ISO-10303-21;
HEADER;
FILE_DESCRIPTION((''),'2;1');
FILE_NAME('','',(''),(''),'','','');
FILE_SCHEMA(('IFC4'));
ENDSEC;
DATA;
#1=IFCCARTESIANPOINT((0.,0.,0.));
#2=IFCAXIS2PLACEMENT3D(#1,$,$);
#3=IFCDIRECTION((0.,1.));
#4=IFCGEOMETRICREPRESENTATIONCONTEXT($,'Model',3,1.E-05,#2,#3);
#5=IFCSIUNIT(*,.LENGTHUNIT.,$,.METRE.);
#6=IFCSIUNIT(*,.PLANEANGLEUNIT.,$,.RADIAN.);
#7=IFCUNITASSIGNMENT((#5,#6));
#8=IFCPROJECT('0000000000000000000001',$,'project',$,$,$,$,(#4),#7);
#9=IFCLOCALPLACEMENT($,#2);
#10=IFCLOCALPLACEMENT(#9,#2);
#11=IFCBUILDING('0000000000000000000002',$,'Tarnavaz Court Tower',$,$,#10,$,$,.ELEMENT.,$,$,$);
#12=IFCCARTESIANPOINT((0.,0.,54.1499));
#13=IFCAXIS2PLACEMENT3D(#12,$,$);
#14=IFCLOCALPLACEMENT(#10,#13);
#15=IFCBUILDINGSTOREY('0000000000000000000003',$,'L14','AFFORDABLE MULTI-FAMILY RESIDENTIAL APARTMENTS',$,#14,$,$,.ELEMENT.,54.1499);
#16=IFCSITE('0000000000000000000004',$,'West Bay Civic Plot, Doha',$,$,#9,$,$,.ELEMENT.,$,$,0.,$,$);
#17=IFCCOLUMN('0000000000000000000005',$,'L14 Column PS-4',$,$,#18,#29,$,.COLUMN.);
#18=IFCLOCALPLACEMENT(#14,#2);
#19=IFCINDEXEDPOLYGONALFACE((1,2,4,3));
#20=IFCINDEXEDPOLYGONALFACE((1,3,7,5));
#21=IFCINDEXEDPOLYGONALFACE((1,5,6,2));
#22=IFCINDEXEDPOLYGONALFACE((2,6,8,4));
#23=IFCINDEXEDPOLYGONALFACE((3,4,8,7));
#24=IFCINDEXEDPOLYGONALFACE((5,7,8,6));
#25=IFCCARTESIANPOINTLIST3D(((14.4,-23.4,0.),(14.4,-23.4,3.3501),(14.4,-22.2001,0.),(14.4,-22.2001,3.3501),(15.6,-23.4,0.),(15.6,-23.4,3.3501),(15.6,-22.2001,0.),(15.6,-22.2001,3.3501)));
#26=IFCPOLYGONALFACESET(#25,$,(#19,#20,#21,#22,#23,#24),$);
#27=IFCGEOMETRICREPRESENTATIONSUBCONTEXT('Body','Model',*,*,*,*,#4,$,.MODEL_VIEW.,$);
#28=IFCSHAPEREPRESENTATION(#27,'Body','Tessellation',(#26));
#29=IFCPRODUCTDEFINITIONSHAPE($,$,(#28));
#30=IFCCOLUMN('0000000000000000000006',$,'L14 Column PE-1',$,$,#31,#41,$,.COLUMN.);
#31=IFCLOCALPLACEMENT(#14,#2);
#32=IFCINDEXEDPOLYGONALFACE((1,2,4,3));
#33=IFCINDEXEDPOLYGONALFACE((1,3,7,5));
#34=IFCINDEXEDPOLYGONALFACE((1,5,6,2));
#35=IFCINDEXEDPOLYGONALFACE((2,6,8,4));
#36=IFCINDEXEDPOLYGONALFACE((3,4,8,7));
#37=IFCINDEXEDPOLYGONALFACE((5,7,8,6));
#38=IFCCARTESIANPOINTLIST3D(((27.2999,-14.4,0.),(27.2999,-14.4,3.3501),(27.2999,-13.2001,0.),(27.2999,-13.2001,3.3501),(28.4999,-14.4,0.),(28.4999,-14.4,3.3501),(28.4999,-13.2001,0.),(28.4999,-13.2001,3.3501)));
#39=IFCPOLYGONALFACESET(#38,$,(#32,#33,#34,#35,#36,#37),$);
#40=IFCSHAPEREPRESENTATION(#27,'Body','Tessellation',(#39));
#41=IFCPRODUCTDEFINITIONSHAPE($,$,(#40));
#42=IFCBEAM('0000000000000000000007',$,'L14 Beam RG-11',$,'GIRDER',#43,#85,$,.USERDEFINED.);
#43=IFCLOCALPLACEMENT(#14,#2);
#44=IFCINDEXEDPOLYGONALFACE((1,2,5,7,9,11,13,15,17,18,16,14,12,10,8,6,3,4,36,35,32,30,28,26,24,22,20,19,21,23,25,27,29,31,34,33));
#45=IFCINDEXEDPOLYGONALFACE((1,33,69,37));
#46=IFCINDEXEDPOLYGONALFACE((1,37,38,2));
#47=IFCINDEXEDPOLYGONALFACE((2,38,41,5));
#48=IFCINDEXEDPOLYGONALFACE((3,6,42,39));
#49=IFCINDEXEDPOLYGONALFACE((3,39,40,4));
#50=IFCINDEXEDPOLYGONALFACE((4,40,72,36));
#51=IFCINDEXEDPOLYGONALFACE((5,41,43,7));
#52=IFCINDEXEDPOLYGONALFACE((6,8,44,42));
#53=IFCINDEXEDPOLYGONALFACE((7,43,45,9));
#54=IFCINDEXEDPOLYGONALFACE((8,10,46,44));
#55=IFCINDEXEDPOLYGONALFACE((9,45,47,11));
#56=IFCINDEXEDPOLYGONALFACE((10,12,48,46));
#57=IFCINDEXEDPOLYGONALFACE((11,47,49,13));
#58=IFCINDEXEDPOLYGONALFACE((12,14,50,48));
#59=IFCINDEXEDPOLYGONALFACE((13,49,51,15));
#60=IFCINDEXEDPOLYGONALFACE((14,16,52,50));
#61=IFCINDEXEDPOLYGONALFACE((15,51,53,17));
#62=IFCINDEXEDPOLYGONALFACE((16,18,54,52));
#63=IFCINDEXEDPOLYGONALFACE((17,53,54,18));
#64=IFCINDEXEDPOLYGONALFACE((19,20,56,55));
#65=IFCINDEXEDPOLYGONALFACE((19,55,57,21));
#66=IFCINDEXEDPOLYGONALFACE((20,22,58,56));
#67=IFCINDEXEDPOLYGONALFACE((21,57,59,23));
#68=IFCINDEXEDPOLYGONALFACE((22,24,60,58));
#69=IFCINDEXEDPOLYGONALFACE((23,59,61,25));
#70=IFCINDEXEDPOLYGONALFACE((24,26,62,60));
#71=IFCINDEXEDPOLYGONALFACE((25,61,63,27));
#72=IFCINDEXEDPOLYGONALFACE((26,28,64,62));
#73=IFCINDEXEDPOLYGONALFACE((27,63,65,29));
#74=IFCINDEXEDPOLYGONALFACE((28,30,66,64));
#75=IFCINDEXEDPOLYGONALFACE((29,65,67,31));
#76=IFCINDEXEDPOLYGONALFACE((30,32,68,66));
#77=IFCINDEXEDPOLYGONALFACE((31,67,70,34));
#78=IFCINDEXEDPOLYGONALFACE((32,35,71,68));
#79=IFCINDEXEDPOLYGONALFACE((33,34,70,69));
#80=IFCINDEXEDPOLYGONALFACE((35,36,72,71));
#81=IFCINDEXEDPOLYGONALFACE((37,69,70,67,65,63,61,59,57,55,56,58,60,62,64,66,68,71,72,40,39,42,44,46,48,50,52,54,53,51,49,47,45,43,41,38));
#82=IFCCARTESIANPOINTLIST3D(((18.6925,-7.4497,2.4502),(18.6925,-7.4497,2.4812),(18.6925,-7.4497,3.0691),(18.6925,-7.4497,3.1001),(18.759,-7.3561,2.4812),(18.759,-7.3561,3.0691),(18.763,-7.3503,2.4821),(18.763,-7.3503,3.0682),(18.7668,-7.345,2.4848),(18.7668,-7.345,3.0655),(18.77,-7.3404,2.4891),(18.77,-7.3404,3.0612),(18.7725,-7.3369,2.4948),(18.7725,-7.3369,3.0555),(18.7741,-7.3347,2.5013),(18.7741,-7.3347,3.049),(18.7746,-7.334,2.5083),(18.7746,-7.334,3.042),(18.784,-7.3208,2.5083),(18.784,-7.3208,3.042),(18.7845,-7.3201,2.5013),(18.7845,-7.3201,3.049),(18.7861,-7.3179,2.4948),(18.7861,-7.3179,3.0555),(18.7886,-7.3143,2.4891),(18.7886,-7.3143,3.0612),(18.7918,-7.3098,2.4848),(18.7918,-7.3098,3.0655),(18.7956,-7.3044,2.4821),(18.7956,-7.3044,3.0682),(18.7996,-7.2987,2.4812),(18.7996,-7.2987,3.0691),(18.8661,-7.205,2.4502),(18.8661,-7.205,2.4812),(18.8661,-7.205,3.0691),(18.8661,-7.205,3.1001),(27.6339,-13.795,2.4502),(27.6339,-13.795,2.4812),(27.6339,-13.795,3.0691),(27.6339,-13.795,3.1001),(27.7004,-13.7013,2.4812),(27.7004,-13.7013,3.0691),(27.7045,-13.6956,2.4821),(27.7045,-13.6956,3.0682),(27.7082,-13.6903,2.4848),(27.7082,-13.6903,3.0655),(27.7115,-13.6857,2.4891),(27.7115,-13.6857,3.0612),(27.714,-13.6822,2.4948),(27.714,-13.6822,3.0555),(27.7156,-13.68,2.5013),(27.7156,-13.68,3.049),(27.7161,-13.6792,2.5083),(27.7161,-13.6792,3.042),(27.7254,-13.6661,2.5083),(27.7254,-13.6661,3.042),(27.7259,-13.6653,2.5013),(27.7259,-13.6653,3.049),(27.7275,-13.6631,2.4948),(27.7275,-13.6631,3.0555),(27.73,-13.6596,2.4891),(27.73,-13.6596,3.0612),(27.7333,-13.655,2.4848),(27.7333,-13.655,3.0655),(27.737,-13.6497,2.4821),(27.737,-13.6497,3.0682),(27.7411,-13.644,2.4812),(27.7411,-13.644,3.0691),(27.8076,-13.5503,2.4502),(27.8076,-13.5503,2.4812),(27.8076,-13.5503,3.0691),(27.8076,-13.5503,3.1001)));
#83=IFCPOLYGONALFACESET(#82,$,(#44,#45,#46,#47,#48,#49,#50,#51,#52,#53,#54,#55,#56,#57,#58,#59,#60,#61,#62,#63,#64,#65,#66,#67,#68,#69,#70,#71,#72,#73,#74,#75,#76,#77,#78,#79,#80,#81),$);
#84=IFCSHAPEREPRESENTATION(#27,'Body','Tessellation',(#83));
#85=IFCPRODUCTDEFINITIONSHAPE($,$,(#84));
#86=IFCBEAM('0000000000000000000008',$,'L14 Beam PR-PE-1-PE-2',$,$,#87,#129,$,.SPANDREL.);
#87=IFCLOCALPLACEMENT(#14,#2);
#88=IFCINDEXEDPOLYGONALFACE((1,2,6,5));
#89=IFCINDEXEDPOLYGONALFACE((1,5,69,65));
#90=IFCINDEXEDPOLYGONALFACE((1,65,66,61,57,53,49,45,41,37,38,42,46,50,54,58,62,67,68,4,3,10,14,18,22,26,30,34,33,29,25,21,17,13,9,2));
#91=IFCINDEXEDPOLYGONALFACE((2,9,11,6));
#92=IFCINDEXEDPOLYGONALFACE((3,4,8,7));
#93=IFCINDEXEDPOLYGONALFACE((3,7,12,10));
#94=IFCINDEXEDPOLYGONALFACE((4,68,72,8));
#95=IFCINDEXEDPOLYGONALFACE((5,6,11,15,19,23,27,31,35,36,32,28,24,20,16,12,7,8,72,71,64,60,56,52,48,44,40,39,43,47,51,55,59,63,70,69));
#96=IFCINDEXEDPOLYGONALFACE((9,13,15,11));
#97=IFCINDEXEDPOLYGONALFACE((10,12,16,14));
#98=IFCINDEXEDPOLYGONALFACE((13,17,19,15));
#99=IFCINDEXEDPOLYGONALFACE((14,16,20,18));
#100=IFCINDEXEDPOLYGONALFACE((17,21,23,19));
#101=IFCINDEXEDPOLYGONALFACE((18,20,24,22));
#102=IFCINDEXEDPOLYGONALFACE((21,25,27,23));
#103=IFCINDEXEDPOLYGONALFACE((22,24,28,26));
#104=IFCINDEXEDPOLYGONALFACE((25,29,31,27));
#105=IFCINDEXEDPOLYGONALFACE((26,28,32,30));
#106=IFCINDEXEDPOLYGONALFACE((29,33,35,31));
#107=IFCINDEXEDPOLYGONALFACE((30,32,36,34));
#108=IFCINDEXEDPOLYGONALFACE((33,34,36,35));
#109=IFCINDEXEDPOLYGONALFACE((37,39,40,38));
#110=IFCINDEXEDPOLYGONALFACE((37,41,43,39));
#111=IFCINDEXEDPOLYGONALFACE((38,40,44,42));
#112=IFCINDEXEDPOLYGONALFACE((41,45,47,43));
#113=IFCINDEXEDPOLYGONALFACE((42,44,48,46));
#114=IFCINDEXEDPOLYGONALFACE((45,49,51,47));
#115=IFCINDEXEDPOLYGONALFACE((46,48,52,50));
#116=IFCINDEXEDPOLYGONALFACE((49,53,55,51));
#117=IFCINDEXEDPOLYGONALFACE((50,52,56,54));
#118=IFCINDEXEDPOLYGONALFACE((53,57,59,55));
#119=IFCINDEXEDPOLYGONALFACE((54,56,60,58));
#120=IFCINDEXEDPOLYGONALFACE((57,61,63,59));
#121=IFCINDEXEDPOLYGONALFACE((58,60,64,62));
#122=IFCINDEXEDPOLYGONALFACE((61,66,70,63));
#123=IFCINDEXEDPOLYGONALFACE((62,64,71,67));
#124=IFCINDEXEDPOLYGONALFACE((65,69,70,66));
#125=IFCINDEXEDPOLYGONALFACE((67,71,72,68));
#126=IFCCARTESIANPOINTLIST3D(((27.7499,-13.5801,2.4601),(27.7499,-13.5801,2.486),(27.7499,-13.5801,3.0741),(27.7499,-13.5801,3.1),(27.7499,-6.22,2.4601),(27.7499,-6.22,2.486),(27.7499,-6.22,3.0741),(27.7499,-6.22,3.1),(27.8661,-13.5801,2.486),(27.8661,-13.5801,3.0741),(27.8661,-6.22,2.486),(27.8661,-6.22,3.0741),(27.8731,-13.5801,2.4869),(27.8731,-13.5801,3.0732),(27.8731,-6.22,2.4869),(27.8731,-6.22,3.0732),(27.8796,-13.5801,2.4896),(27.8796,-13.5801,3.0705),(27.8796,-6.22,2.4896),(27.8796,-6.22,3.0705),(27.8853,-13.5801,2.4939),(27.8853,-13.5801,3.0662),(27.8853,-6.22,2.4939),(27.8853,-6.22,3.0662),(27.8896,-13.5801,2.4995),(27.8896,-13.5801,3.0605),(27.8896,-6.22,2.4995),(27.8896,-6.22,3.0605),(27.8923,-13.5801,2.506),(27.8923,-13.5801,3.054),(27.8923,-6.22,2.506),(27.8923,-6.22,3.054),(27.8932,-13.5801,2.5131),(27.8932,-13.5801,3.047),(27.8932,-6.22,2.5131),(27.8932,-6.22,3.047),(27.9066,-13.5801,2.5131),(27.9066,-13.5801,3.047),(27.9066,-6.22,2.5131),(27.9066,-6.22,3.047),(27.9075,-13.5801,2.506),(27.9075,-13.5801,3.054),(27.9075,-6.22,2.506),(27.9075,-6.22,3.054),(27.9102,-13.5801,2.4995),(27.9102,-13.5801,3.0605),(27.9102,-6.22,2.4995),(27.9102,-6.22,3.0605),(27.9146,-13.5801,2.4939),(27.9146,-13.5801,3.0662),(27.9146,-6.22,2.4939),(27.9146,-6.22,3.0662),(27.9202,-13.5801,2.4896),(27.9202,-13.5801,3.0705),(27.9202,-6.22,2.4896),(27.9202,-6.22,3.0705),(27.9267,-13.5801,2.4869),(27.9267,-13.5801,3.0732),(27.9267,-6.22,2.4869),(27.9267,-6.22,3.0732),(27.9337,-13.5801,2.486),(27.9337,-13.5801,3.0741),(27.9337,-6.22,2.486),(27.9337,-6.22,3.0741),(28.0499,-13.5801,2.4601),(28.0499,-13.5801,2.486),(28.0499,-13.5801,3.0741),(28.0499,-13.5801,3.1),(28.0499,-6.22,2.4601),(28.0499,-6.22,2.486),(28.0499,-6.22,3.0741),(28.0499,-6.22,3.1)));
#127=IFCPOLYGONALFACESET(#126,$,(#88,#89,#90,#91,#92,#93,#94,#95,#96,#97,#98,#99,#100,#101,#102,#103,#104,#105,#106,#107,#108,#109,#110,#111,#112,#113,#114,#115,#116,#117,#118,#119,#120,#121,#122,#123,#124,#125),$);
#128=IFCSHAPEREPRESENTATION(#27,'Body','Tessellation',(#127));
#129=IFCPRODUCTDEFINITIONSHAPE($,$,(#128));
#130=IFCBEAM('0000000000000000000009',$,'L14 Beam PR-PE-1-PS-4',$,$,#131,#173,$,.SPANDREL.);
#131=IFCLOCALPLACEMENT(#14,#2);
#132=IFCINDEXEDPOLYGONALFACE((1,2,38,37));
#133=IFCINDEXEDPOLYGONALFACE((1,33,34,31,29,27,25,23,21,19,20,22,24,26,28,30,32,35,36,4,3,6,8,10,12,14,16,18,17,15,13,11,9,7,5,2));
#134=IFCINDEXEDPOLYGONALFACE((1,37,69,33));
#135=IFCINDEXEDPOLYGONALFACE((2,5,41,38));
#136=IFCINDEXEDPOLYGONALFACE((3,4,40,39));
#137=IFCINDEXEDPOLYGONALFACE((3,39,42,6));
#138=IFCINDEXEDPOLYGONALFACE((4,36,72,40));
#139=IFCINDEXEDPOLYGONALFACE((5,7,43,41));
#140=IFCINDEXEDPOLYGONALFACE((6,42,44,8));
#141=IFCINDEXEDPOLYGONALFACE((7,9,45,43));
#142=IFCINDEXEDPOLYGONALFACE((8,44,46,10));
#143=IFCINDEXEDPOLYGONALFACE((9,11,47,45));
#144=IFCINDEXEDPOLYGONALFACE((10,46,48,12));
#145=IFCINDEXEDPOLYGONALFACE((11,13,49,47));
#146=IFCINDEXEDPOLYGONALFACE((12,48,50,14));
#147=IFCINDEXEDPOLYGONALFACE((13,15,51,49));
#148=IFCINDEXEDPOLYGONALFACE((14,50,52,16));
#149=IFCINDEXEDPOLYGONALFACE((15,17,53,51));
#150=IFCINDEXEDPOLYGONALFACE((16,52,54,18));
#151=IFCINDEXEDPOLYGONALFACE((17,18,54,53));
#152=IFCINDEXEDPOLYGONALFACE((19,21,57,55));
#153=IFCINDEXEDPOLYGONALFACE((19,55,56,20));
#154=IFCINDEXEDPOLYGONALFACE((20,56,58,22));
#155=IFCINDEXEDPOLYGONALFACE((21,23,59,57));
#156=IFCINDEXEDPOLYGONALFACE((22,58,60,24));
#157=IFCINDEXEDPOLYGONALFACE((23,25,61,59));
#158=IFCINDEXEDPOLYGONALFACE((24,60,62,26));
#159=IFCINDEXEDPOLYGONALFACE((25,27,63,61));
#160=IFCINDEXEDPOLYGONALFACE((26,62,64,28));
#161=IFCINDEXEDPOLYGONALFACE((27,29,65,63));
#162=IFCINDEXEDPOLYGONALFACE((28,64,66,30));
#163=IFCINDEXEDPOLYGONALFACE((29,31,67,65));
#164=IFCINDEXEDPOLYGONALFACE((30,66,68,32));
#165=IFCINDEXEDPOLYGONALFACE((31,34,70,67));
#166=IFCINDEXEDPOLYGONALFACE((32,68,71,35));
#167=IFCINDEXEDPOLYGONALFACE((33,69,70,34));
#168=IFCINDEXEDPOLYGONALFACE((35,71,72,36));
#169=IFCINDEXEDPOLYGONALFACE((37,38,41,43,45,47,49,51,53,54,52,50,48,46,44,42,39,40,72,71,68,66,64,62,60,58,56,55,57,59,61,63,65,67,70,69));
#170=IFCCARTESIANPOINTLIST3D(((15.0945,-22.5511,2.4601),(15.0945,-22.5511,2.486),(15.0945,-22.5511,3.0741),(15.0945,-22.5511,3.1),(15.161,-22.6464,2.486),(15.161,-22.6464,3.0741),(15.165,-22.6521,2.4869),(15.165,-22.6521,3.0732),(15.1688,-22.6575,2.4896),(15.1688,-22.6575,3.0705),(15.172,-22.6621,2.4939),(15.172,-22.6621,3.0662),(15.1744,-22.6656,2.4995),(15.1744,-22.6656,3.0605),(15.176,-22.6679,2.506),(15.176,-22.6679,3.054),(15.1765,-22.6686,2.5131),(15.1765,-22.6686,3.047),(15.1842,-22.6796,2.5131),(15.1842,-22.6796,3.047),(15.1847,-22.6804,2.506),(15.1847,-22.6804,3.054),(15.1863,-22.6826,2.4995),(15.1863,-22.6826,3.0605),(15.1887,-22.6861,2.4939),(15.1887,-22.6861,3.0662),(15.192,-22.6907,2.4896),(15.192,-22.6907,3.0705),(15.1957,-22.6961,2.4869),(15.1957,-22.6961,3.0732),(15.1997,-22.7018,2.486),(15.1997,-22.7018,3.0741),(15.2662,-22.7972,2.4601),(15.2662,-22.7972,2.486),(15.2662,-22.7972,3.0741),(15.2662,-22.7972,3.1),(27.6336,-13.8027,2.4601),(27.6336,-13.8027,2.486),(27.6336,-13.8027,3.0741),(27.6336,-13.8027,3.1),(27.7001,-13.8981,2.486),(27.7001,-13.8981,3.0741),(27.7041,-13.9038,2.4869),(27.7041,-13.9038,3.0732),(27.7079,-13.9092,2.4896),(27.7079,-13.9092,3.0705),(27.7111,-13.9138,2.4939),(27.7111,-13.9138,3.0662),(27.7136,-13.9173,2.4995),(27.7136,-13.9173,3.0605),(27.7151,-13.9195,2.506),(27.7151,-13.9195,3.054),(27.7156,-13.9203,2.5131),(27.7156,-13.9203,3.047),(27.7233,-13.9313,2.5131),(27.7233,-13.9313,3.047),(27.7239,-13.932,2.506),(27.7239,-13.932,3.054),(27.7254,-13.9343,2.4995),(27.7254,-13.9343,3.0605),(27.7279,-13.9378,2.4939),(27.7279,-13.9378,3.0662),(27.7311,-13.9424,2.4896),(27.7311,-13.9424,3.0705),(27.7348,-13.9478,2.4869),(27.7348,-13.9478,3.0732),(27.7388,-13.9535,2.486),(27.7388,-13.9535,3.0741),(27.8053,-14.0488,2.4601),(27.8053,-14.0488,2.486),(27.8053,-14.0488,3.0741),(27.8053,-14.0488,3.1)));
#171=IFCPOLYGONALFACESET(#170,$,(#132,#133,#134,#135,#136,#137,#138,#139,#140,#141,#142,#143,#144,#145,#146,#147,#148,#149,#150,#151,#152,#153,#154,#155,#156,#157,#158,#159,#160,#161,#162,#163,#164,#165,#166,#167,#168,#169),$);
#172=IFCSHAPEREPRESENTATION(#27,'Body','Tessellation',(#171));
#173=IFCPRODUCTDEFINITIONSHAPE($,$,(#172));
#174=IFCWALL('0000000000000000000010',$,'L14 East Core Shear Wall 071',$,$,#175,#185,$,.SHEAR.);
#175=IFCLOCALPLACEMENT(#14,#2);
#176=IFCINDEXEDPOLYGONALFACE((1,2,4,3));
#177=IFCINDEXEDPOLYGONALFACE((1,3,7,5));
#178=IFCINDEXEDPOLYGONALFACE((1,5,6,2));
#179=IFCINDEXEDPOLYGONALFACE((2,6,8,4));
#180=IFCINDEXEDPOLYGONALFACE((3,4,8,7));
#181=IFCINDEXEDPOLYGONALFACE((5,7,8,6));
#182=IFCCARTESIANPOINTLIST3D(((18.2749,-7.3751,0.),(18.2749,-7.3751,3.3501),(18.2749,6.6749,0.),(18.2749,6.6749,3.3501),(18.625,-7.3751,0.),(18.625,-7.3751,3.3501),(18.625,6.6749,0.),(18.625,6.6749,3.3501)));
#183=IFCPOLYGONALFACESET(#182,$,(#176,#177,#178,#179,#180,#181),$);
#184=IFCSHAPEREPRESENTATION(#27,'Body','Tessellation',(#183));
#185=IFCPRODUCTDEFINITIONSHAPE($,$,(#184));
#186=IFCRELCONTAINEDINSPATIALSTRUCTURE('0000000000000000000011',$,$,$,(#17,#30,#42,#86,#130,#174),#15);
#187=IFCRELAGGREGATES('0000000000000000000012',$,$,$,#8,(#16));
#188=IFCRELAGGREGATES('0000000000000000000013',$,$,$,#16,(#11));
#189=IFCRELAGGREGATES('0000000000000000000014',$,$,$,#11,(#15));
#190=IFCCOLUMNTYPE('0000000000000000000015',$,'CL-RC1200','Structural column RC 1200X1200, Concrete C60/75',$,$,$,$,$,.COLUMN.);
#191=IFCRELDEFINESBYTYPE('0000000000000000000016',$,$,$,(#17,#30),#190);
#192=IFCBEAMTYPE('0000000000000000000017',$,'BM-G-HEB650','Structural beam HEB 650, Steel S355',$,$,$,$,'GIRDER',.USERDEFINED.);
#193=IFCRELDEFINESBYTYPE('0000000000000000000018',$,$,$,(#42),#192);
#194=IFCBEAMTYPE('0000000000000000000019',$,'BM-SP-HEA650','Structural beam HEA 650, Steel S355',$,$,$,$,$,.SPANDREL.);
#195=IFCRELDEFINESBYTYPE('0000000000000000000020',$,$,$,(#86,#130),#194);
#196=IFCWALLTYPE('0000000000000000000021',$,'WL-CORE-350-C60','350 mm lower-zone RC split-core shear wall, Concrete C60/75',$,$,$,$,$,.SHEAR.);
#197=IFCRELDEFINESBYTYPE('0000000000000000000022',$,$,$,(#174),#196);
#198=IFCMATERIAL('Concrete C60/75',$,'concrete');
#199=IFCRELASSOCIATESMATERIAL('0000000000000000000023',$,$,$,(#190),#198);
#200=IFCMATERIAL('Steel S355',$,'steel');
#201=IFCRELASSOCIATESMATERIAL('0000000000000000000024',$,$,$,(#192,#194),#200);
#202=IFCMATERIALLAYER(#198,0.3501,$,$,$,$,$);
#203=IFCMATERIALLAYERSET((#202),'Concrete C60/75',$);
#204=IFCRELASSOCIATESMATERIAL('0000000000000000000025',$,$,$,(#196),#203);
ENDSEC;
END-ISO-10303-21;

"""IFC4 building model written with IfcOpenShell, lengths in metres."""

from ifc_helpers import new_model, si_unit, direction, frame, frame_2d, origin, origin_2d, place, context, subcontext, project, spatial, rectangle, i_section, extrude, material, layer, layer_set, material_profile, profile_set, type_object, element, save


model = new_model("IFC4")

# Units and contexts
model_context = context("Model", 3, precision=1e-05, world=origin(), true_north=direction((0.0, 1.0)))
body_context = subcontext(model_context, "Body", "Model", "MODEL_VIEW")
ifc_project = project(units=[si_unit("LENGTHUNIT", "METRE"), si_unit("PLANEANGLEUNIT", "RADIAN")], contexts=[model_context])

# Site, building, storey
site_placement = place(None, origin())
site = spatial("IfcSite", under=ifc_project, at=site_placement, Name="West Bay Civic Plot, Doha", CompositionType="ELEMENT", RefElevation=0.0)
building_placement = place(site_placement, origin())
building = spatial("IfcBuilding", under=site, at=building_placement, Name="Tarnavaz Court Tower", CompositionType="ELEMENT")
storey_placement = place(building_placement, frame((0.0, 0.0, 54.1499)))
storey = spatial("IfcBuildingStorey", under=building, at=storey_placement, Name="L14", Description="AFFORDABLE MULTI-FAMILY RESIDENTIAL APARTMENTS", CompositionType="ELEMENT", Elevation=54.1499)

# Columns
ifc_material_1 = material(Name="Concrete C60/75", Category="concrete")
ifc_material_profile_1 = material_profile(ifc_material_1, rectangle(XDim=1.2, YDim=1.2, at=origin_2d()), Name="RC 1200X1200")
ifc_profile_set_1 = profile_set([ifc_material_profile_1], Name="Concrete C60/75")
column_type = type_object("IfcColumnType", Name="CL-RC1200", Description="Structural column RC 1200X1200, Concrete C60/75", PredefinedType="COLUMN", material=ifc_profile_set_1)
for number, where, z_axis, x_axis, name in (
    (1, (15.0, -22.8, 0.0), (0.0, 0.0, 1.0), (1.0, 0.0, 0.0), "L14 Column PS-4"),
    (2, (27.8999, -13.8, 0.0), (0.0, 0.0, 1.0), (1.0, 0.0, 0.0), "L14 Column PE-1"),
):
    element("IfcColumn", number, at=place(storey_placement, frame(where, z_axis=z_axis, x_axis=x_axis)), inside=storey, type_object=column_type, Name=name, PredefinedType="COLUMN", context=body_context, shape_type="SweptSolid", body=[
        extrude(rectangle(XDim=1.2, YDim=1.2, at=origin_2d()), origin(), (0.0, 0.0, 1.0), 3.3501),
    ])

# Beams
ifc_material_2 = material(Name="Steel S355", Category="steel")
ifc_material_profile_2 = material_profile(ifc_material_2, i_section(OverallWidth=0.3, OverallDepth=0.6499, WebThickness=0.0161, FlangeThickness=0.031, FilletRadius=0.0271, at=origin_2d()), Name="HEB 650")
ifc_profile_set_2 = profile_set([ifc_material_profile_2], Name="Steel S355")
beam_type_1 = type_object("IfcBeamType", Name="BM-G-HEB650", Description="Structural beam HEB 650, Steel S355", ElementType="GIRDER", PredefinedType="USERDEFINED", material=ifc_profile_set_2)
beam_1_placement = place(storey_placement, frame((18.7793, -7.3274, 2.7751), z_axis=(0.81552, -0.578729, 0.0), x_axis=(0.578729, 0.81552, 0.0)))
element("IfcBeam", 3, at=beam_1_placement, inside=storey, type_object=beam_type_1, Name="L14 Beam RG-11", ObjectType="GIRDER", PredefinedType="USERDEFINED", context=body_context, shape_type="SweptSolid", body=[
    extrude(i_section(OverallWidth=0.3, OverallDepth=0.6499, WebThickness=0.0161, FlangeThickness=0.031, FilletRadius=0.0271, at=origin_2d()), origin(), (0.0, 0.0, 1.0), 10.9641),
])
ifc_material_profile_3 = material_profile(ifc_material_2, i_section(OverallWidth=0.3, OverallDepth=0.6399, WebThickness=0.0134, FlangeThickness=0.0259, FilletRadius=0.0271, at=origin_2d()), Name="HEA 650")
ifc_profile_set_3 = profile_set([ifc_material_profile_3], Name="Steel S355")
beam_type_2 = type_object("IfcBeamType", Name="BM-SP-HEA650", Description="Structural beam HEA 650, Steel S355", PredefinedType="SPANDREL", material=ifc_profile_set_3)
beam_2_placement = place(storey_placement, frame((27.8999, -13.5801, 2.78), z_axis=(0.0, 1.0, 0.0), x_axis=(-1.0, 0.0, 0.0)))
element("IfcBeam", 4, at=beam_2_placement, inside=storey, type_object=beam_type_2, Name="L14 Beam PR-PE-1-PE-2", PredefinedType="SPANDREL", context=body_context, shape_type="SweptSolid", body=[
    extrude(i_section(OverallWidth=0.3, OverallDepth=0.6399, WebThickness=0.0134, FlangeThickness=0.0259, FilletRadius=0.0271, at=origin_2d()), origin(), (0.0, 0.0, 1.0), 7.3601),
])
beam_3_placement = place(storey_placement, frame((27.7195, -13.9258, 2.78), z_axis=(-0.820124, -0.572186, 0.0), x_axis=(0.572186, -0.820124, 0.0)))
element("IfcBeam", 5, at=beam_3_placement, inside=storey, type_object=beam_type_2, Name="L14 Beam PR-PE-1-PS-4", PredefinedType="SPANDREL", context=body_context, shape_type="SweptSolid", body=[
    extrude(i_section(OverallWidth=0.3, OverallDepth=0.6399, WebThickness=0.0134, FlangeThickness=0.0259, FilletRadius=0.0271, at=origin_2d()), origin(), (0.0, 0.0, 1.0), 15.2893),
])

# Wall
ifc_layer_1 = layer(ifc_material_1, 0.3501)
ifc_layer_set_1 = layer_set([ifc_layer_1], Name="Concrete C60/75")
wall_type_1 = type_object("IfcWallType", Name="WL-CORE-350-C60", Description="350 mm lower-zone RC split-core shear wall, Concrete C60/75", PredefinedType="SHEAR", material=ifc_layer_set_1)
wall_1_placement = place(storey_placement, frame((18.45, -7.375, 0.0), z_axis=(0.0, 0.0, 1.0), x_axis=(0.0, 1.0, 0.0)))
element("IfcWall", 6, at=wall_1_placement, inside=storey, type_object=wall_type_1, Name="L14 East Core Shear Wall 071", PredefinedType="SHEAR", context=body_context, shape_type="SweptSolid", body=[
    extrude(rectangle(XDim=14.05, YDim=0.3501, at=frame_2d((7.0249, 0.0))), origin(), (0.0, 0.0, 1.0), 3.3501),
])

save(model, "model.ifc")
